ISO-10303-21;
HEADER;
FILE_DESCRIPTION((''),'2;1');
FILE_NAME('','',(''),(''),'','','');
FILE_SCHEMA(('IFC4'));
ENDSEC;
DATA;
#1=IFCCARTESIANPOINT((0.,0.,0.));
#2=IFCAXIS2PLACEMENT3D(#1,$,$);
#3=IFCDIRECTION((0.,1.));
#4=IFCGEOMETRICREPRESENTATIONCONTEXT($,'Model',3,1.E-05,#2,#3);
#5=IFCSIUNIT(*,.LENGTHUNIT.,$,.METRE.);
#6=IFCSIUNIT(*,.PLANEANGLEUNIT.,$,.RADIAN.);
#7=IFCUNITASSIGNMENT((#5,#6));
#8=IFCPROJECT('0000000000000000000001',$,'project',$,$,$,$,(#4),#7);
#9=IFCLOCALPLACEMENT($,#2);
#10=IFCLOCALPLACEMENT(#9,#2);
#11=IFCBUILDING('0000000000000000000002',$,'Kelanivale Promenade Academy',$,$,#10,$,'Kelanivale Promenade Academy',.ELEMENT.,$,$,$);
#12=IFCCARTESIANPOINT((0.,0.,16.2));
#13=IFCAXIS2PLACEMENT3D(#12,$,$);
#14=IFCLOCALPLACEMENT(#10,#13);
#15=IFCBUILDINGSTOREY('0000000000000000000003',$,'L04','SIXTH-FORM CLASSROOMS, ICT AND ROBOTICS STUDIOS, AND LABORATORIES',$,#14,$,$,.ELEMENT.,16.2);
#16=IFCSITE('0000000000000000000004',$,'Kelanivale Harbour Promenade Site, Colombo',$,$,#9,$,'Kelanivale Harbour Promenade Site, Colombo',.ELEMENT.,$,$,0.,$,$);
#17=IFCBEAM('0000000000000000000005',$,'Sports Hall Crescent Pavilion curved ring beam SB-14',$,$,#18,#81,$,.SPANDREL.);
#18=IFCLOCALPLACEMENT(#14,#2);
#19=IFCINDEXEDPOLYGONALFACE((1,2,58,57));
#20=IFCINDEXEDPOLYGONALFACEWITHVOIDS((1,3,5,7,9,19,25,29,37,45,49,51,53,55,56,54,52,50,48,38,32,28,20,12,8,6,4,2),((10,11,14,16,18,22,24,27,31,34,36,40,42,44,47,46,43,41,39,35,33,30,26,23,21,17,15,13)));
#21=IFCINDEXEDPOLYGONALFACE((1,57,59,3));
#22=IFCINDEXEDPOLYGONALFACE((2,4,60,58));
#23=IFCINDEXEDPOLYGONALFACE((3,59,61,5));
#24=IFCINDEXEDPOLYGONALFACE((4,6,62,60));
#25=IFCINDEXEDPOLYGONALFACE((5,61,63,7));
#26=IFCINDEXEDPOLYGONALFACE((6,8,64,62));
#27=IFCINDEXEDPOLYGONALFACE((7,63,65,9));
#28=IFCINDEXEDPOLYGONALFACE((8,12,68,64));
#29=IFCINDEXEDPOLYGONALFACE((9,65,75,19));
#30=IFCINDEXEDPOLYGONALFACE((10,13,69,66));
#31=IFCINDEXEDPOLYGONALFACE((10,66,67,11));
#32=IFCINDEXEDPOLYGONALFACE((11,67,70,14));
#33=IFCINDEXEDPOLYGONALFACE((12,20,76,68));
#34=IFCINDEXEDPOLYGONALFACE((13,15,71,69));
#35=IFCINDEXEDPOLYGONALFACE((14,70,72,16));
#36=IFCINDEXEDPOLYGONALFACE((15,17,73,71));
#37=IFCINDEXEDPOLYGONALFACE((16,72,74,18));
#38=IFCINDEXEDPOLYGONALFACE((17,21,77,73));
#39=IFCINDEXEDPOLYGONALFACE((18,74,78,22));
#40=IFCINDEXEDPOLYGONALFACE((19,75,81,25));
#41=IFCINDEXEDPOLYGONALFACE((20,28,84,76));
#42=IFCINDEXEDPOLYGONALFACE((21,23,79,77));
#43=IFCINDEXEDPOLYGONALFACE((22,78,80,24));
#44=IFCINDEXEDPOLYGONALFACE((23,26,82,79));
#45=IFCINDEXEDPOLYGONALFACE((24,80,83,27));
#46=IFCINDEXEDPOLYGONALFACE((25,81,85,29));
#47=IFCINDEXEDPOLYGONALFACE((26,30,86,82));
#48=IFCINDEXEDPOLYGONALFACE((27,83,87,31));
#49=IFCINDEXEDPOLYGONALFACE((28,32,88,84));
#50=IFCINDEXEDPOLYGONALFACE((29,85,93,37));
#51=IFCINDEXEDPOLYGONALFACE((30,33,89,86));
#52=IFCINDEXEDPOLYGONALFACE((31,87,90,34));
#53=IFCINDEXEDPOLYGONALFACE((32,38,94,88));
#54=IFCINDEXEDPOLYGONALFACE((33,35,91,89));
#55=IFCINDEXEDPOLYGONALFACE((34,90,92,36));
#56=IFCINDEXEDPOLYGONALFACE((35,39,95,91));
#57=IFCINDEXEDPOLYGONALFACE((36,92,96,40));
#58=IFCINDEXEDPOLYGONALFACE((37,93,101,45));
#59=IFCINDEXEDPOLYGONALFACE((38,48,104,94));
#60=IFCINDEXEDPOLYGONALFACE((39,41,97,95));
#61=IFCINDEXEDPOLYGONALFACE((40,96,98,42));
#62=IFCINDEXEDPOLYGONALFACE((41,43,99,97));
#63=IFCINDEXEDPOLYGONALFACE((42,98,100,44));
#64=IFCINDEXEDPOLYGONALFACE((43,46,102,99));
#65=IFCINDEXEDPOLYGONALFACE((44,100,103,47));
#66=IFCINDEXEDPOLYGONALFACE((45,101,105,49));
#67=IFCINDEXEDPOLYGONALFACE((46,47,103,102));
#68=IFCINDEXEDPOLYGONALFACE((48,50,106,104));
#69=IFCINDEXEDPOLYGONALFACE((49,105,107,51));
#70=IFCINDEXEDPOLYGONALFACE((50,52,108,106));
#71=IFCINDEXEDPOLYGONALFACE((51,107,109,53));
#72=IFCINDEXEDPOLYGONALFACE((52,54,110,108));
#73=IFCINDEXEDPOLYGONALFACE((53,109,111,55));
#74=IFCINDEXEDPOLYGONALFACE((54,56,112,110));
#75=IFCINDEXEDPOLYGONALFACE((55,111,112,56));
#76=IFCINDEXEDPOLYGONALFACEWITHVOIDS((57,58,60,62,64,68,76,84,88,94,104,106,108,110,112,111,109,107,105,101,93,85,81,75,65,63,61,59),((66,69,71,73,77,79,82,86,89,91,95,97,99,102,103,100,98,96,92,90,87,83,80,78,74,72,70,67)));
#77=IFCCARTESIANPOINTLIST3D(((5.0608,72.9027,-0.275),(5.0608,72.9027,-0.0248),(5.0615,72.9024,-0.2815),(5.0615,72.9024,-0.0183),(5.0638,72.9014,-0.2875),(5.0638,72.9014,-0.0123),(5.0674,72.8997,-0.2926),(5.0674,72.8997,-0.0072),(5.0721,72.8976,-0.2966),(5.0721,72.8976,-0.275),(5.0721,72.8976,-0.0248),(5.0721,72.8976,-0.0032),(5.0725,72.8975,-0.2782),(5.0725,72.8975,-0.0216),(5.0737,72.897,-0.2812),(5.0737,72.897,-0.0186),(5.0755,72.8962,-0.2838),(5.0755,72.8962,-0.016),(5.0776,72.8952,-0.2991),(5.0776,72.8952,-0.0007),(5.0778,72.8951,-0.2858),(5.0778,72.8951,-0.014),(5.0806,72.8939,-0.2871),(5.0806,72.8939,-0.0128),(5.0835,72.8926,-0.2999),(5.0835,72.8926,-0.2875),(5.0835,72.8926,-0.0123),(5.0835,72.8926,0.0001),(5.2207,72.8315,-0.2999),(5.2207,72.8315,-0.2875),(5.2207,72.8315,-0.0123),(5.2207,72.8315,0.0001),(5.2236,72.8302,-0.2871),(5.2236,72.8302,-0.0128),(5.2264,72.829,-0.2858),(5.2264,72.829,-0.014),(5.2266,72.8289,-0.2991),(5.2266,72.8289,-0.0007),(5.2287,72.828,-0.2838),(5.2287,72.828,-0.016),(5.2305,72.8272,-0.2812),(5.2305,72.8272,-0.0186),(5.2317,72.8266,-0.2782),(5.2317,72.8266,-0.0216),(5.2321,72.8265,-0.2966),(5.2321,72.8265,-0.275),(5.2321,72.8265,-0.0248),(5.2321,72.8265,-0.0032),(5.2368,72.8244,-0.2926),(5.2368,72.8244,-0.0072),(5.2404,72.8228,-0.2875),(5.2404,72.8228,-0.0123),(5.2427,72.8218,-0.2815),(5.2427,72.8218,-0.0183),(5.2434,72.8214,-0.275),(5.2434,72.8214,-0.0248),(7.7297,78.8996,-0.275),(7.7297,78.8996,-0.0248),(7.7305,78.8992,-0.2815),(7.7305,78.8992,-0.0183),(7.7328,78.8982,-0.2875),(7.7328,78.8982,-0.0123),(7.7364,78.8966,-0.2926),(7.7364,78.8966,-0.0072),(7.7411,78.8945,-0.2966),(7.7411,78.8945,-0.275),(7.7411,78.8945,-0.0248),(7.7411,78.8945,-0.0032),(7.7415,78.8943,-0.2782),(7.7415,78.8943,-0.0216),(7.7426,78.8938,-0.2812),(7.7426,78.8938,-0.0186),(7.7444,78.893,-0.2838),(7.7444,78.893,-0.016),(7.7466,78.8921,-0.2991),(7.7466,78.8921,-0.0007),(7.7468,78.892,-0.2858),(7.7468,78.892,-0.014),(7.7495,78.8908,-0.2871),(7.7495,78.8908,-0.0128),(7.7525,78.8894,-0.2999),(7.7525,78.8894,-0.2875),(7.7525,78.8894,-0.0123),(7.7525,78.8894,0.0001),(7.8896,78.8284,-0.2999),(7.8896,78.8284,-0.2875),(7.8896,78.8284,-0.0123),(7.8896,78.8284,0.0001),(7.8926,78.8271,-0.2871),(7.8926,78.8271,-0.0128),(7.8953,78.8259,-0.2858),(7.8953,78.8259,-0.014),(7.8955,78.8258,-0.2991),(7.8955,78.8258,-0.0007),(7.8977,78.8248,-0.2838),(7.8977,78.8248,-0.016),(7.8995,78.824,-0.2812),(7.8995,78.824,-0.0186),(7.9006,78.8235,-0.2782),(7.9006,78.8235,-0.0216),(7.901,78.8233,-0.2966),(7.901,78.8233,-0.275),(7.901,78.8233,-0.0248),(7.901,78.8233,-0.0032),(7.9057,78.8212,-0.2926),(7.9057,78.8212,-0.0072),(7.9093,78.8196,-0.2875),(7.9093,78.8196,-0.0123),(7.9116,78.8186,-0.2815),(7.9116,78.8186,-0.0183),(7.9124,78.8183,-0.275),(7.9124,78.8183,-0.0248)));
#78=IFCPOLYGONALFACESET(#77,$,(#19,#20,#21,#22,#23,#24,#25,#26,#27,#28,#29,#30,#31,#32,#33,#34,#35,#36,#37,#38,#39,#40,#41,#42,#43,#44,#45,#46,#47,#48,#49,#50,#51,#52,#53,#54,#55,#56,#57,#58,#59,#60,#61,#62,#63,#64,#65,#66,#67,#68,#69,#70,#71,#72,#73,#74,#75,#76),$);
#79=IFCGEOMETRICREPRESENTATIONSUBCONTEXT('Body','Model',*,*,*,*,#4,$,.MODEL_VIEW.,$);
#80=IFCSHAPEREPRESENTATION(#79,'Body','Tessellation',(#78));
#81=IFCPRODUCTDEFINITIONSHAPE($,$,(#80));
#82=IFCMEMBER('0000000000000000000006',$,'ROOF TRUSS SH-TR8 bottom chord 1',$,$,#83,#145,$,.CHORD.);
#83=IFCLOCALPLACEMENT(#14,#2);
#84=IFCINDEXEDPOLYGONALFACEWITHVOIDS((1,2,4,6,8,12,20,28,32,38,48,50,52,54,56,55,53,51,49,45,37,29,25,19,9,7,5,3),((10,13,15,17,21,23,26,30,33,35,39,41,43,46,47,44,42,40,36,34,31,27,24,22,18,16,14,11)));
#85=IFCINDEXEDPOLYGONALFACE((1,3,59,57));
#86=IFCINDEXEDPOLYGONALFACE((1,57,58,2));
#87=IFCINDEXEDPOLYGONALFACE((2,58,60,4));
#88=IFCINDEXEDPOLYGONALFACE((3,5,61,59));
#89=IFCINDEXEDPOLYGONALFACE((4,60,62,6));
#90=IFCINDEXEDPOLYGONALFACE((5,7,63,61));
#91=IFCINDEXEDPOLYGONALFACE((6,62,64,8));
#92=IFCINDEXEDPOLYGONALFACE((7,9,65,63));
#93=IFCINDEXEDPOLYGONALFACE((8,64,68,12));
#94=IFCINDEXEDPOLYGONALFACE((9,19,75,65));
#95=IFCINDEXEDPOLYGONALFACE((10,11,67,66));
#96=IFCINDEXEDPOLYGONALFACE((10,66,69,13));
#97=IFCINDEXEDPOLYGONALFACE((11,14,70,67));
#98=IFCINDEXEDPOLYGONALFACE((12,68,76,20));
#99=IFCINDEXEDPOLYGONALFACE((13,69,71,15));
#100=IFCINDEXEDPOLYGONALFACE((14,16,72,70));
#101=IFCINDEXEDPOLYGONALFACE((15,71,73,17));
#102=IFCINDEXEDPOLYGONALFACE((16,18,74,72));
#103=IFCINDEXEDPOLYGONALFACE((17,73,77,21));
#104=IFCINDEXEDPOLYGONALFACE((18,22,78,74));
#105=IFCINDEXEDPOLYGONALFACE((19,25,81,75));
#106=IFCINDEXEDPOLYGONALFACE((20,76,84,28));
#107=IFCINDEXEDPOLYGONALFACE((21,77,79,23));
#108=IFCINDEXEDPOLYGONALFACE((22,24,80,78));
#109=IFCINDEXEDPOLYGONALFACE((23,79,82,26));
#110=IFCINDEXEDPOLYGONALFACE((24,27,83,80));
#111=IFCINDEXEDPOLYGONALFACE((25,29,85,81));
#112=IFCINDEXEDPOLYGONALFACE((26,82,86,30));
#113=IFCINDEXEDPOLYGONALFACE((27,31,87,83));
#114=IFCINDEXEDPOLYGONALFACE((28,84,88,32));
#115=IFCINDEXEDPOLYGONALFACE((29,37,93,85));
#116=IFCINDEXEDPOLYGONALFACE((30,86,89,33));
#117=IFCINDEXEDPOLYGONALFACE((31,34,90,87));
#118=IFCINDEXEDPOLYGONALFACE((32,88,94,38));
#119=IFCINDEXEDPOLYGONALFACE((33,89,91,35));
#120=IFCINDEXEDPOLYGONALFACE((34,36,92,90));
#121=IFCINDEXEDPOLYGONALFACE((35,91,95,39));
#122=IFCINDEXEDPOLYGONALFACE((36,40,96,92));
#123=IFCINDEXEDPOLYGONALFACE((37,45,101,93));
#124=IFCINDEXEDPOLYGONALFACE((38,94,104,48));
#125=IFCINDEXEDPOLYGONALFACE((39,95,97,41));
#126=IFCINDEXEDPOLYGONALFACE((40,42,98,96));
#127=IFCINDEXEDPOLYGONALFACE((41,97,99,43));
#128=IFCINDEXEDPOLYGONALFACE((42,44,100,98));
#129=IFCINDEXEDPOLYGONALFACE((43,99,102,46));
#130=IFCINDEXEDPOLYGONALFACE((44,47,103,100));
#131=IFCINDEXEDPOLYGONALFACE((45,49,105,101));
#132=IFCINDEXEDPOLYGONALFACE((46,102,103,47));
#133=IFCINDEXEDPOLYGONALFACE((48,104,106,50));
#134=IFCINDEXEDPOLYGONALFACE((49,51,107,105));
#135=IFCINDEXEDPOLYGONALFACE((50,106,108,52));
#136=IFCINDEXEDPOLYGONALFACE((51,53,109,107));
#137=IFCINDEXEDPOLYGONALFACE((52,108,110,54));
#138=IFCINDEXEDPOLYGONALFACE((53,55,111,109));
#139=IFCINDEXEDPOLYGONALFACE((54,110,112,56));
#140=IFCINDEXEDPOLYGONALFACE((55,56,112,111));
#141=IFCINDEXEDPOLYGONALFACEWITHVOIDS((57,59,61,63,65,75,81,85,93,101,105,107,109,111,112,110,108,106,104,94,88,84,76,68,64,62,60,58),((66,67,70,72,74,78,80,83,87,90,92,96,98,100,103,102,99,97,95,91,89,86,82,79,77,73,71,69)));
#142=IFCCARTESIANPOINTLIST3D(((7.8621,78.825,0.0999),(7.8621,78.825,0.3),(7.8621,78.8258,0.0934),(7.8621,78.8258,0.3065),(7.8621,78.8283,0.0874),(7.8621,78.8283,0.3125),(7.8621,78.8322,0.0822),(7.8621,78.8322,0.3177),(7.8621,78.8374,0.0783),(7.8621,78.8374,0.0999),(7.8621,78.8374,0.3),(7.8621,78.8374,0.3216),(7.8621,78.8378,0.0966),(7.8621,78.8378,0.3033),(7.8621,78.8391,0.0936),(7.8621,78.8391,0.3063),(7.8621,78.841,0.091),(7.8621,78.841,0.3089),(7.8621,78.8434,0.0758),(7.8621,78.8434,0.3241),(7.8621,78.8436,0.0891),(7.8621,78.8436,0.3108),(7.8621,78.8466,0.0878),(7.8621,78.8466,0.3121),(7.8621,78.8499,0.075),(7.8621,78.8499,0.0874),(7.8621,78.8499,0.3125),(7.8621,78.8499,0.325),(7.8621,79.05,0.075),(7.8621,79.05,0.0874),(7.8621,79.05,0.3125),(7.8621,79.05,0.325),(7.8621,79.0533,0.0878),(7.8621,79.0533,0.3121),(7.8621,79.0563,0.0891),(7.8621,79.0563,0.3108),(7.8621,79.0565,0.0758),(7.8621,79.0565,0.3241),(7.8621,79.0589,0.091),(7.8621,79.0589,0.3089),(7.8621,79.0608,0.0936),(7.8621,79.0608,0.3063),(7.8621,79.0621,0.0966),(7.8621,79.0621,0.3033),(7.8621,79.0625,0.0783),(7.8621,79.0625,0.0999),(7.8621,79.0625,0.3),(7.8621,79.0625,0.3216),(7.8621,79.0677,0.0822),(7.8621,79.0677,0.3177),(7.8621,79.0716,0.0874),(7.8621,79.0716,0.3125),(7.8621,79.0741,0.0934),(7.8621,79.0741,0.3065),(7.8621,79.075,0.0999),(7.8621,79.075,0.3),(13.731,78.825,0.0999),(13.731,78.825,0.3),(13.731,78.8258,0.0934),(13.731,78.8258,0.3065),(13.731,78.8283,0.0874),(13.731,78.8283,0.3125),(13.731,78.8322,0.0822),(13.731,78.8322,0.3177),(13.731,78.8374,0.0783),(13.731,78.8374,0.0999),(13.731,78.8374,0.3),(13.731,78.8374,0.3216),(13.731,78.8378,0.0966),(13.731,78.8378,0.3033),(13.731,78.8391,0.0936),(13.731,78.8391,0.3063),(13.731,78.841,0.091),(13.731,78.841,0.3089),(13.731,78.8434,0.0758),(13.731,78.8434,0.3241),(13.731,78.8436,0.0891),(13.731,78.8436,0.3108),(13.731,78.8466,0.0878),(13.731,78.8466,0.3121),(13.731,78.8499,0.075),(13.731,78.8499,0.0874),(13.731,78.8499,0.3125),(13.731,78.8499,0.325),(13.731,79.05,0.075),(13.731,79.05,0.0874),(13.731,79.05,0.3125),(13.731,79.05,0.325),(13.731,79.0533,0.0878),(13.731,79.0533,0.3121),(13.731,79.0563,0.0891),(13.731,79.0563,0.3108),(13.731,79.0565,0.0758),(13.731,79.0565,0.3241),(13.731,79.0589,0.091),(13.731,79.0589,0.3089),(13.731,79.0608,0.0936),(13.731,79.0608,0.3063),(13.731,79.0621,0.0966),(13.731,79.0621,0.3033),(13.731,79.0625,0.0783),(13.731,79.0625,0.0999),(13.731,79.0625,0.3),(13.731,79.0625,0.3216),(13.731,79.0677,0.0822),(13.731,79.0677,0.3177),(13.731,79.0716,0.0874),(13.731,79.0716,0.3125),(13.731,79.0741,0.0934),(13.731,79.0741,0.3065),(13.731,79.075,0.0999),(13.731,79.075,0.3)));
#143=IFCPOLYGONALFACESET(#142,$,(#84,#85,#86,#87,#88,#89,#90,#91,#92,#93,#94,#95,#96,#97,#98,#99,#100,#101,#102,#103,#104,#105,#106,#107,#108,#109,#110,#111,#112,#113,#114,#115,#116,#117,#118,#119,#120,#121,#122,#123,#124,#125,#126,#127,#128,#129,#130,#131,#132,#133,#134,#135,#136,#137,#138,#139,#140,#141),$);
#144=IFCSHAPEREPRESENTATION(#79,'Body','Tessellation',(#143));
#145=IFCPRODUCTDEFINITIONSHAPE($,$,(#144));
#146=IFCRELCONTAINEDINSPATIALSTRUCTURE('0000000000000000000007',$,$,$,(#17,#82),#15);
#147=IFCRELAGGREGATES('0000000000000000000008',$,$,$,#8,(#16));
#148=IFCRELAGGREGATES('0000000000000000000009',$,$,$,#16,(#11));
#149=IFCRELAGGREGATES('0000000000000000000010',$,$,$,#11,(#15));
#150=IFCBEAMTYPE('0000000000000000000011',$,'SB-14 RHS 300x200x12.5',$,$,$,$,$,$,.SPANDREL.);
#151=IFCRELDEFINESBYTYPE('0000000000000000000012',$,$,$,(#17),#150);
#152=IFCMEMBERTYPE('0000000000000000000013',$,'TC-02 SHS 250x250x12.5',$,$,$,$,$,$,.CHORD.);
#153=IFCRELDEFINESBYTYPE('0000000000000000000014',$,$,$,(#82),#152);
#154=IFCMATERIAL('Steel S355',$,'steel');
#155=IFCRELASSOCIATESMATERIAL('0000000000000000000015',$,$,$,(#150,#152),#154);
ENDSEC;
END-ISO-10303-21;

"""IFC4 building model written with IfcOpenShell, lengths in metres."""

from ifc_helpers import new_model, si_unit, direction, frame, origin, origin_2d, place, context, subcontext, project, spatial, hollow_rectangle, extrude, material, material_profile, profile_set, type_object, element, save


model = new_model("IFC4")

# Units and contexts
model_context = context("Model", 3, precision=1e-05, world=origin(), true_north=direction((0.0, 1.0)))
body_context = subcontext(model_context, "Body", "Model", "MODEL_VIEW")
ifc_project = project(units=[si_unit("LENGTHUNIT", "METRE"), si_unit("PLANEANGLEUNIT", "RADIAN")], contexts=[model_context])

# Site, building, storey
site_placement = place(None, origin())
site = spatial("IfcSite", under=ifc_project, at=site_placement, Name="Kelanivale Harbour Promenade Site, Colombo", LongName="Kelanivale Harbour Promenade Site, Colombo", CompositionType="ELEMENT", RefElevation=0.0)
building_placement = place(site_placement, origin())
building = spatial("IfcBuilding", under=site, at=building_placement, Name="Kelanivale Promenade Academy", LongName="Kelanivale Promenade Academy", CompositionType="ELEMENT")
storey_placement = place(building_placement, frame((0.0, 0.0, 16.2)))
storey = spatial("IfcBuildingStorey", under=building, at=storey_placement, Name="L04", Description="SIXTH-FORM CLASSROOMS, ICT AND ROBOTICS STUDIOS, AND LABORATORIES", CompositionType="ELEMENT", Elevation=16.2)

# Shared definitions
ifc_material_1 = material(Name="Steel S355", Category="steel")

# Beam
ifc_material_profile_1 = material_profile(ifc_material_1, hollow_rectangle(XDim=0.2, YDim=0.3, WallThickness=0.0125, InnerFilletRadius=0.0125, OuterFilletRadius=0.0249, at=origin_2d()), Name="RHS 300x200x12.5")
ifc_profile_set_1 = profile_set([ifc_material_profile_1], Name="Steel S355")
beam_type = type_object("IfcBeamType", Name="SB-14 RHS 300x200x12.5", PredefinedType="SPANDREL", material=ifc_profile_set_1)
beam_placement = place(storey_placement, frame((5.1521, 72.8621, -0.1499), z_axis=(0.406608, 0.913603, 0.0), x_axis=(-0.913603, 0.406608, 0.0)))
element("IfcBeam", 1, at=beam_placement, inside=storey, type_object=beam_type, Name="Sports Hall Crescent Pavilion curved ring beam SB-14", PredefinedType="SPANDREL", context=body_context, shape_type="SweptSolid", body=[
    extrude(hollow_rectangle(XDim=0.2, YDim=0.3, WallThickness=0.0125, InnerFilletRadius=0.0125, OuterFilletRadius=0.0249, at=origin_2d()), origin(), (0.0, 0.0, 1.0), 6.564),
])

# Member
ifc_material_profile_2 = material_profile(ifc_material_1, hollow_rectangle(XDim=0.25, YDim=0.25, WallThickness=0.0125, InnerFilletRadius=0.0125, OuterFilletRadius=0.0249, at=origin_2d()), Name="SHS 250x250x12.5")
ifc_profile_set_2 = profile_set([ifc_material_profile_2], Name="Steel S355")
member_type_1 = type_object("IfcMemberType", Name="TC-02 SHS 250x250x12.5", PredefinedType="CHORD", material=ifc_profile_set_2)
member_1_placement = place(storey_placement, frame((7.8621, 78.95, 0.2), z_axis=(1.0, 0.0, 0.0), x_axis=(0.0, 1.0, 0.0)))
element("IfcMember", 2, at=member_1_placement, inside=storey, type_object=member_type_1, Name="ROOF TRUSS SH-TR8 bottom chord 1", PredefinedType="CHORD", context=body_context, shape_type="SweptSolid", body=[
    extrude(hollow_rectangle(XDim=0.25, YDim=0.25, WallThickness=0.0125, InnerFilletRadius=0.0125, OuterFilletRadius=0.0249, at=origin_2d()), origin(), (0.0, 0.0, 1.0), 5.8689),
])

save(model, "model.ifc")
